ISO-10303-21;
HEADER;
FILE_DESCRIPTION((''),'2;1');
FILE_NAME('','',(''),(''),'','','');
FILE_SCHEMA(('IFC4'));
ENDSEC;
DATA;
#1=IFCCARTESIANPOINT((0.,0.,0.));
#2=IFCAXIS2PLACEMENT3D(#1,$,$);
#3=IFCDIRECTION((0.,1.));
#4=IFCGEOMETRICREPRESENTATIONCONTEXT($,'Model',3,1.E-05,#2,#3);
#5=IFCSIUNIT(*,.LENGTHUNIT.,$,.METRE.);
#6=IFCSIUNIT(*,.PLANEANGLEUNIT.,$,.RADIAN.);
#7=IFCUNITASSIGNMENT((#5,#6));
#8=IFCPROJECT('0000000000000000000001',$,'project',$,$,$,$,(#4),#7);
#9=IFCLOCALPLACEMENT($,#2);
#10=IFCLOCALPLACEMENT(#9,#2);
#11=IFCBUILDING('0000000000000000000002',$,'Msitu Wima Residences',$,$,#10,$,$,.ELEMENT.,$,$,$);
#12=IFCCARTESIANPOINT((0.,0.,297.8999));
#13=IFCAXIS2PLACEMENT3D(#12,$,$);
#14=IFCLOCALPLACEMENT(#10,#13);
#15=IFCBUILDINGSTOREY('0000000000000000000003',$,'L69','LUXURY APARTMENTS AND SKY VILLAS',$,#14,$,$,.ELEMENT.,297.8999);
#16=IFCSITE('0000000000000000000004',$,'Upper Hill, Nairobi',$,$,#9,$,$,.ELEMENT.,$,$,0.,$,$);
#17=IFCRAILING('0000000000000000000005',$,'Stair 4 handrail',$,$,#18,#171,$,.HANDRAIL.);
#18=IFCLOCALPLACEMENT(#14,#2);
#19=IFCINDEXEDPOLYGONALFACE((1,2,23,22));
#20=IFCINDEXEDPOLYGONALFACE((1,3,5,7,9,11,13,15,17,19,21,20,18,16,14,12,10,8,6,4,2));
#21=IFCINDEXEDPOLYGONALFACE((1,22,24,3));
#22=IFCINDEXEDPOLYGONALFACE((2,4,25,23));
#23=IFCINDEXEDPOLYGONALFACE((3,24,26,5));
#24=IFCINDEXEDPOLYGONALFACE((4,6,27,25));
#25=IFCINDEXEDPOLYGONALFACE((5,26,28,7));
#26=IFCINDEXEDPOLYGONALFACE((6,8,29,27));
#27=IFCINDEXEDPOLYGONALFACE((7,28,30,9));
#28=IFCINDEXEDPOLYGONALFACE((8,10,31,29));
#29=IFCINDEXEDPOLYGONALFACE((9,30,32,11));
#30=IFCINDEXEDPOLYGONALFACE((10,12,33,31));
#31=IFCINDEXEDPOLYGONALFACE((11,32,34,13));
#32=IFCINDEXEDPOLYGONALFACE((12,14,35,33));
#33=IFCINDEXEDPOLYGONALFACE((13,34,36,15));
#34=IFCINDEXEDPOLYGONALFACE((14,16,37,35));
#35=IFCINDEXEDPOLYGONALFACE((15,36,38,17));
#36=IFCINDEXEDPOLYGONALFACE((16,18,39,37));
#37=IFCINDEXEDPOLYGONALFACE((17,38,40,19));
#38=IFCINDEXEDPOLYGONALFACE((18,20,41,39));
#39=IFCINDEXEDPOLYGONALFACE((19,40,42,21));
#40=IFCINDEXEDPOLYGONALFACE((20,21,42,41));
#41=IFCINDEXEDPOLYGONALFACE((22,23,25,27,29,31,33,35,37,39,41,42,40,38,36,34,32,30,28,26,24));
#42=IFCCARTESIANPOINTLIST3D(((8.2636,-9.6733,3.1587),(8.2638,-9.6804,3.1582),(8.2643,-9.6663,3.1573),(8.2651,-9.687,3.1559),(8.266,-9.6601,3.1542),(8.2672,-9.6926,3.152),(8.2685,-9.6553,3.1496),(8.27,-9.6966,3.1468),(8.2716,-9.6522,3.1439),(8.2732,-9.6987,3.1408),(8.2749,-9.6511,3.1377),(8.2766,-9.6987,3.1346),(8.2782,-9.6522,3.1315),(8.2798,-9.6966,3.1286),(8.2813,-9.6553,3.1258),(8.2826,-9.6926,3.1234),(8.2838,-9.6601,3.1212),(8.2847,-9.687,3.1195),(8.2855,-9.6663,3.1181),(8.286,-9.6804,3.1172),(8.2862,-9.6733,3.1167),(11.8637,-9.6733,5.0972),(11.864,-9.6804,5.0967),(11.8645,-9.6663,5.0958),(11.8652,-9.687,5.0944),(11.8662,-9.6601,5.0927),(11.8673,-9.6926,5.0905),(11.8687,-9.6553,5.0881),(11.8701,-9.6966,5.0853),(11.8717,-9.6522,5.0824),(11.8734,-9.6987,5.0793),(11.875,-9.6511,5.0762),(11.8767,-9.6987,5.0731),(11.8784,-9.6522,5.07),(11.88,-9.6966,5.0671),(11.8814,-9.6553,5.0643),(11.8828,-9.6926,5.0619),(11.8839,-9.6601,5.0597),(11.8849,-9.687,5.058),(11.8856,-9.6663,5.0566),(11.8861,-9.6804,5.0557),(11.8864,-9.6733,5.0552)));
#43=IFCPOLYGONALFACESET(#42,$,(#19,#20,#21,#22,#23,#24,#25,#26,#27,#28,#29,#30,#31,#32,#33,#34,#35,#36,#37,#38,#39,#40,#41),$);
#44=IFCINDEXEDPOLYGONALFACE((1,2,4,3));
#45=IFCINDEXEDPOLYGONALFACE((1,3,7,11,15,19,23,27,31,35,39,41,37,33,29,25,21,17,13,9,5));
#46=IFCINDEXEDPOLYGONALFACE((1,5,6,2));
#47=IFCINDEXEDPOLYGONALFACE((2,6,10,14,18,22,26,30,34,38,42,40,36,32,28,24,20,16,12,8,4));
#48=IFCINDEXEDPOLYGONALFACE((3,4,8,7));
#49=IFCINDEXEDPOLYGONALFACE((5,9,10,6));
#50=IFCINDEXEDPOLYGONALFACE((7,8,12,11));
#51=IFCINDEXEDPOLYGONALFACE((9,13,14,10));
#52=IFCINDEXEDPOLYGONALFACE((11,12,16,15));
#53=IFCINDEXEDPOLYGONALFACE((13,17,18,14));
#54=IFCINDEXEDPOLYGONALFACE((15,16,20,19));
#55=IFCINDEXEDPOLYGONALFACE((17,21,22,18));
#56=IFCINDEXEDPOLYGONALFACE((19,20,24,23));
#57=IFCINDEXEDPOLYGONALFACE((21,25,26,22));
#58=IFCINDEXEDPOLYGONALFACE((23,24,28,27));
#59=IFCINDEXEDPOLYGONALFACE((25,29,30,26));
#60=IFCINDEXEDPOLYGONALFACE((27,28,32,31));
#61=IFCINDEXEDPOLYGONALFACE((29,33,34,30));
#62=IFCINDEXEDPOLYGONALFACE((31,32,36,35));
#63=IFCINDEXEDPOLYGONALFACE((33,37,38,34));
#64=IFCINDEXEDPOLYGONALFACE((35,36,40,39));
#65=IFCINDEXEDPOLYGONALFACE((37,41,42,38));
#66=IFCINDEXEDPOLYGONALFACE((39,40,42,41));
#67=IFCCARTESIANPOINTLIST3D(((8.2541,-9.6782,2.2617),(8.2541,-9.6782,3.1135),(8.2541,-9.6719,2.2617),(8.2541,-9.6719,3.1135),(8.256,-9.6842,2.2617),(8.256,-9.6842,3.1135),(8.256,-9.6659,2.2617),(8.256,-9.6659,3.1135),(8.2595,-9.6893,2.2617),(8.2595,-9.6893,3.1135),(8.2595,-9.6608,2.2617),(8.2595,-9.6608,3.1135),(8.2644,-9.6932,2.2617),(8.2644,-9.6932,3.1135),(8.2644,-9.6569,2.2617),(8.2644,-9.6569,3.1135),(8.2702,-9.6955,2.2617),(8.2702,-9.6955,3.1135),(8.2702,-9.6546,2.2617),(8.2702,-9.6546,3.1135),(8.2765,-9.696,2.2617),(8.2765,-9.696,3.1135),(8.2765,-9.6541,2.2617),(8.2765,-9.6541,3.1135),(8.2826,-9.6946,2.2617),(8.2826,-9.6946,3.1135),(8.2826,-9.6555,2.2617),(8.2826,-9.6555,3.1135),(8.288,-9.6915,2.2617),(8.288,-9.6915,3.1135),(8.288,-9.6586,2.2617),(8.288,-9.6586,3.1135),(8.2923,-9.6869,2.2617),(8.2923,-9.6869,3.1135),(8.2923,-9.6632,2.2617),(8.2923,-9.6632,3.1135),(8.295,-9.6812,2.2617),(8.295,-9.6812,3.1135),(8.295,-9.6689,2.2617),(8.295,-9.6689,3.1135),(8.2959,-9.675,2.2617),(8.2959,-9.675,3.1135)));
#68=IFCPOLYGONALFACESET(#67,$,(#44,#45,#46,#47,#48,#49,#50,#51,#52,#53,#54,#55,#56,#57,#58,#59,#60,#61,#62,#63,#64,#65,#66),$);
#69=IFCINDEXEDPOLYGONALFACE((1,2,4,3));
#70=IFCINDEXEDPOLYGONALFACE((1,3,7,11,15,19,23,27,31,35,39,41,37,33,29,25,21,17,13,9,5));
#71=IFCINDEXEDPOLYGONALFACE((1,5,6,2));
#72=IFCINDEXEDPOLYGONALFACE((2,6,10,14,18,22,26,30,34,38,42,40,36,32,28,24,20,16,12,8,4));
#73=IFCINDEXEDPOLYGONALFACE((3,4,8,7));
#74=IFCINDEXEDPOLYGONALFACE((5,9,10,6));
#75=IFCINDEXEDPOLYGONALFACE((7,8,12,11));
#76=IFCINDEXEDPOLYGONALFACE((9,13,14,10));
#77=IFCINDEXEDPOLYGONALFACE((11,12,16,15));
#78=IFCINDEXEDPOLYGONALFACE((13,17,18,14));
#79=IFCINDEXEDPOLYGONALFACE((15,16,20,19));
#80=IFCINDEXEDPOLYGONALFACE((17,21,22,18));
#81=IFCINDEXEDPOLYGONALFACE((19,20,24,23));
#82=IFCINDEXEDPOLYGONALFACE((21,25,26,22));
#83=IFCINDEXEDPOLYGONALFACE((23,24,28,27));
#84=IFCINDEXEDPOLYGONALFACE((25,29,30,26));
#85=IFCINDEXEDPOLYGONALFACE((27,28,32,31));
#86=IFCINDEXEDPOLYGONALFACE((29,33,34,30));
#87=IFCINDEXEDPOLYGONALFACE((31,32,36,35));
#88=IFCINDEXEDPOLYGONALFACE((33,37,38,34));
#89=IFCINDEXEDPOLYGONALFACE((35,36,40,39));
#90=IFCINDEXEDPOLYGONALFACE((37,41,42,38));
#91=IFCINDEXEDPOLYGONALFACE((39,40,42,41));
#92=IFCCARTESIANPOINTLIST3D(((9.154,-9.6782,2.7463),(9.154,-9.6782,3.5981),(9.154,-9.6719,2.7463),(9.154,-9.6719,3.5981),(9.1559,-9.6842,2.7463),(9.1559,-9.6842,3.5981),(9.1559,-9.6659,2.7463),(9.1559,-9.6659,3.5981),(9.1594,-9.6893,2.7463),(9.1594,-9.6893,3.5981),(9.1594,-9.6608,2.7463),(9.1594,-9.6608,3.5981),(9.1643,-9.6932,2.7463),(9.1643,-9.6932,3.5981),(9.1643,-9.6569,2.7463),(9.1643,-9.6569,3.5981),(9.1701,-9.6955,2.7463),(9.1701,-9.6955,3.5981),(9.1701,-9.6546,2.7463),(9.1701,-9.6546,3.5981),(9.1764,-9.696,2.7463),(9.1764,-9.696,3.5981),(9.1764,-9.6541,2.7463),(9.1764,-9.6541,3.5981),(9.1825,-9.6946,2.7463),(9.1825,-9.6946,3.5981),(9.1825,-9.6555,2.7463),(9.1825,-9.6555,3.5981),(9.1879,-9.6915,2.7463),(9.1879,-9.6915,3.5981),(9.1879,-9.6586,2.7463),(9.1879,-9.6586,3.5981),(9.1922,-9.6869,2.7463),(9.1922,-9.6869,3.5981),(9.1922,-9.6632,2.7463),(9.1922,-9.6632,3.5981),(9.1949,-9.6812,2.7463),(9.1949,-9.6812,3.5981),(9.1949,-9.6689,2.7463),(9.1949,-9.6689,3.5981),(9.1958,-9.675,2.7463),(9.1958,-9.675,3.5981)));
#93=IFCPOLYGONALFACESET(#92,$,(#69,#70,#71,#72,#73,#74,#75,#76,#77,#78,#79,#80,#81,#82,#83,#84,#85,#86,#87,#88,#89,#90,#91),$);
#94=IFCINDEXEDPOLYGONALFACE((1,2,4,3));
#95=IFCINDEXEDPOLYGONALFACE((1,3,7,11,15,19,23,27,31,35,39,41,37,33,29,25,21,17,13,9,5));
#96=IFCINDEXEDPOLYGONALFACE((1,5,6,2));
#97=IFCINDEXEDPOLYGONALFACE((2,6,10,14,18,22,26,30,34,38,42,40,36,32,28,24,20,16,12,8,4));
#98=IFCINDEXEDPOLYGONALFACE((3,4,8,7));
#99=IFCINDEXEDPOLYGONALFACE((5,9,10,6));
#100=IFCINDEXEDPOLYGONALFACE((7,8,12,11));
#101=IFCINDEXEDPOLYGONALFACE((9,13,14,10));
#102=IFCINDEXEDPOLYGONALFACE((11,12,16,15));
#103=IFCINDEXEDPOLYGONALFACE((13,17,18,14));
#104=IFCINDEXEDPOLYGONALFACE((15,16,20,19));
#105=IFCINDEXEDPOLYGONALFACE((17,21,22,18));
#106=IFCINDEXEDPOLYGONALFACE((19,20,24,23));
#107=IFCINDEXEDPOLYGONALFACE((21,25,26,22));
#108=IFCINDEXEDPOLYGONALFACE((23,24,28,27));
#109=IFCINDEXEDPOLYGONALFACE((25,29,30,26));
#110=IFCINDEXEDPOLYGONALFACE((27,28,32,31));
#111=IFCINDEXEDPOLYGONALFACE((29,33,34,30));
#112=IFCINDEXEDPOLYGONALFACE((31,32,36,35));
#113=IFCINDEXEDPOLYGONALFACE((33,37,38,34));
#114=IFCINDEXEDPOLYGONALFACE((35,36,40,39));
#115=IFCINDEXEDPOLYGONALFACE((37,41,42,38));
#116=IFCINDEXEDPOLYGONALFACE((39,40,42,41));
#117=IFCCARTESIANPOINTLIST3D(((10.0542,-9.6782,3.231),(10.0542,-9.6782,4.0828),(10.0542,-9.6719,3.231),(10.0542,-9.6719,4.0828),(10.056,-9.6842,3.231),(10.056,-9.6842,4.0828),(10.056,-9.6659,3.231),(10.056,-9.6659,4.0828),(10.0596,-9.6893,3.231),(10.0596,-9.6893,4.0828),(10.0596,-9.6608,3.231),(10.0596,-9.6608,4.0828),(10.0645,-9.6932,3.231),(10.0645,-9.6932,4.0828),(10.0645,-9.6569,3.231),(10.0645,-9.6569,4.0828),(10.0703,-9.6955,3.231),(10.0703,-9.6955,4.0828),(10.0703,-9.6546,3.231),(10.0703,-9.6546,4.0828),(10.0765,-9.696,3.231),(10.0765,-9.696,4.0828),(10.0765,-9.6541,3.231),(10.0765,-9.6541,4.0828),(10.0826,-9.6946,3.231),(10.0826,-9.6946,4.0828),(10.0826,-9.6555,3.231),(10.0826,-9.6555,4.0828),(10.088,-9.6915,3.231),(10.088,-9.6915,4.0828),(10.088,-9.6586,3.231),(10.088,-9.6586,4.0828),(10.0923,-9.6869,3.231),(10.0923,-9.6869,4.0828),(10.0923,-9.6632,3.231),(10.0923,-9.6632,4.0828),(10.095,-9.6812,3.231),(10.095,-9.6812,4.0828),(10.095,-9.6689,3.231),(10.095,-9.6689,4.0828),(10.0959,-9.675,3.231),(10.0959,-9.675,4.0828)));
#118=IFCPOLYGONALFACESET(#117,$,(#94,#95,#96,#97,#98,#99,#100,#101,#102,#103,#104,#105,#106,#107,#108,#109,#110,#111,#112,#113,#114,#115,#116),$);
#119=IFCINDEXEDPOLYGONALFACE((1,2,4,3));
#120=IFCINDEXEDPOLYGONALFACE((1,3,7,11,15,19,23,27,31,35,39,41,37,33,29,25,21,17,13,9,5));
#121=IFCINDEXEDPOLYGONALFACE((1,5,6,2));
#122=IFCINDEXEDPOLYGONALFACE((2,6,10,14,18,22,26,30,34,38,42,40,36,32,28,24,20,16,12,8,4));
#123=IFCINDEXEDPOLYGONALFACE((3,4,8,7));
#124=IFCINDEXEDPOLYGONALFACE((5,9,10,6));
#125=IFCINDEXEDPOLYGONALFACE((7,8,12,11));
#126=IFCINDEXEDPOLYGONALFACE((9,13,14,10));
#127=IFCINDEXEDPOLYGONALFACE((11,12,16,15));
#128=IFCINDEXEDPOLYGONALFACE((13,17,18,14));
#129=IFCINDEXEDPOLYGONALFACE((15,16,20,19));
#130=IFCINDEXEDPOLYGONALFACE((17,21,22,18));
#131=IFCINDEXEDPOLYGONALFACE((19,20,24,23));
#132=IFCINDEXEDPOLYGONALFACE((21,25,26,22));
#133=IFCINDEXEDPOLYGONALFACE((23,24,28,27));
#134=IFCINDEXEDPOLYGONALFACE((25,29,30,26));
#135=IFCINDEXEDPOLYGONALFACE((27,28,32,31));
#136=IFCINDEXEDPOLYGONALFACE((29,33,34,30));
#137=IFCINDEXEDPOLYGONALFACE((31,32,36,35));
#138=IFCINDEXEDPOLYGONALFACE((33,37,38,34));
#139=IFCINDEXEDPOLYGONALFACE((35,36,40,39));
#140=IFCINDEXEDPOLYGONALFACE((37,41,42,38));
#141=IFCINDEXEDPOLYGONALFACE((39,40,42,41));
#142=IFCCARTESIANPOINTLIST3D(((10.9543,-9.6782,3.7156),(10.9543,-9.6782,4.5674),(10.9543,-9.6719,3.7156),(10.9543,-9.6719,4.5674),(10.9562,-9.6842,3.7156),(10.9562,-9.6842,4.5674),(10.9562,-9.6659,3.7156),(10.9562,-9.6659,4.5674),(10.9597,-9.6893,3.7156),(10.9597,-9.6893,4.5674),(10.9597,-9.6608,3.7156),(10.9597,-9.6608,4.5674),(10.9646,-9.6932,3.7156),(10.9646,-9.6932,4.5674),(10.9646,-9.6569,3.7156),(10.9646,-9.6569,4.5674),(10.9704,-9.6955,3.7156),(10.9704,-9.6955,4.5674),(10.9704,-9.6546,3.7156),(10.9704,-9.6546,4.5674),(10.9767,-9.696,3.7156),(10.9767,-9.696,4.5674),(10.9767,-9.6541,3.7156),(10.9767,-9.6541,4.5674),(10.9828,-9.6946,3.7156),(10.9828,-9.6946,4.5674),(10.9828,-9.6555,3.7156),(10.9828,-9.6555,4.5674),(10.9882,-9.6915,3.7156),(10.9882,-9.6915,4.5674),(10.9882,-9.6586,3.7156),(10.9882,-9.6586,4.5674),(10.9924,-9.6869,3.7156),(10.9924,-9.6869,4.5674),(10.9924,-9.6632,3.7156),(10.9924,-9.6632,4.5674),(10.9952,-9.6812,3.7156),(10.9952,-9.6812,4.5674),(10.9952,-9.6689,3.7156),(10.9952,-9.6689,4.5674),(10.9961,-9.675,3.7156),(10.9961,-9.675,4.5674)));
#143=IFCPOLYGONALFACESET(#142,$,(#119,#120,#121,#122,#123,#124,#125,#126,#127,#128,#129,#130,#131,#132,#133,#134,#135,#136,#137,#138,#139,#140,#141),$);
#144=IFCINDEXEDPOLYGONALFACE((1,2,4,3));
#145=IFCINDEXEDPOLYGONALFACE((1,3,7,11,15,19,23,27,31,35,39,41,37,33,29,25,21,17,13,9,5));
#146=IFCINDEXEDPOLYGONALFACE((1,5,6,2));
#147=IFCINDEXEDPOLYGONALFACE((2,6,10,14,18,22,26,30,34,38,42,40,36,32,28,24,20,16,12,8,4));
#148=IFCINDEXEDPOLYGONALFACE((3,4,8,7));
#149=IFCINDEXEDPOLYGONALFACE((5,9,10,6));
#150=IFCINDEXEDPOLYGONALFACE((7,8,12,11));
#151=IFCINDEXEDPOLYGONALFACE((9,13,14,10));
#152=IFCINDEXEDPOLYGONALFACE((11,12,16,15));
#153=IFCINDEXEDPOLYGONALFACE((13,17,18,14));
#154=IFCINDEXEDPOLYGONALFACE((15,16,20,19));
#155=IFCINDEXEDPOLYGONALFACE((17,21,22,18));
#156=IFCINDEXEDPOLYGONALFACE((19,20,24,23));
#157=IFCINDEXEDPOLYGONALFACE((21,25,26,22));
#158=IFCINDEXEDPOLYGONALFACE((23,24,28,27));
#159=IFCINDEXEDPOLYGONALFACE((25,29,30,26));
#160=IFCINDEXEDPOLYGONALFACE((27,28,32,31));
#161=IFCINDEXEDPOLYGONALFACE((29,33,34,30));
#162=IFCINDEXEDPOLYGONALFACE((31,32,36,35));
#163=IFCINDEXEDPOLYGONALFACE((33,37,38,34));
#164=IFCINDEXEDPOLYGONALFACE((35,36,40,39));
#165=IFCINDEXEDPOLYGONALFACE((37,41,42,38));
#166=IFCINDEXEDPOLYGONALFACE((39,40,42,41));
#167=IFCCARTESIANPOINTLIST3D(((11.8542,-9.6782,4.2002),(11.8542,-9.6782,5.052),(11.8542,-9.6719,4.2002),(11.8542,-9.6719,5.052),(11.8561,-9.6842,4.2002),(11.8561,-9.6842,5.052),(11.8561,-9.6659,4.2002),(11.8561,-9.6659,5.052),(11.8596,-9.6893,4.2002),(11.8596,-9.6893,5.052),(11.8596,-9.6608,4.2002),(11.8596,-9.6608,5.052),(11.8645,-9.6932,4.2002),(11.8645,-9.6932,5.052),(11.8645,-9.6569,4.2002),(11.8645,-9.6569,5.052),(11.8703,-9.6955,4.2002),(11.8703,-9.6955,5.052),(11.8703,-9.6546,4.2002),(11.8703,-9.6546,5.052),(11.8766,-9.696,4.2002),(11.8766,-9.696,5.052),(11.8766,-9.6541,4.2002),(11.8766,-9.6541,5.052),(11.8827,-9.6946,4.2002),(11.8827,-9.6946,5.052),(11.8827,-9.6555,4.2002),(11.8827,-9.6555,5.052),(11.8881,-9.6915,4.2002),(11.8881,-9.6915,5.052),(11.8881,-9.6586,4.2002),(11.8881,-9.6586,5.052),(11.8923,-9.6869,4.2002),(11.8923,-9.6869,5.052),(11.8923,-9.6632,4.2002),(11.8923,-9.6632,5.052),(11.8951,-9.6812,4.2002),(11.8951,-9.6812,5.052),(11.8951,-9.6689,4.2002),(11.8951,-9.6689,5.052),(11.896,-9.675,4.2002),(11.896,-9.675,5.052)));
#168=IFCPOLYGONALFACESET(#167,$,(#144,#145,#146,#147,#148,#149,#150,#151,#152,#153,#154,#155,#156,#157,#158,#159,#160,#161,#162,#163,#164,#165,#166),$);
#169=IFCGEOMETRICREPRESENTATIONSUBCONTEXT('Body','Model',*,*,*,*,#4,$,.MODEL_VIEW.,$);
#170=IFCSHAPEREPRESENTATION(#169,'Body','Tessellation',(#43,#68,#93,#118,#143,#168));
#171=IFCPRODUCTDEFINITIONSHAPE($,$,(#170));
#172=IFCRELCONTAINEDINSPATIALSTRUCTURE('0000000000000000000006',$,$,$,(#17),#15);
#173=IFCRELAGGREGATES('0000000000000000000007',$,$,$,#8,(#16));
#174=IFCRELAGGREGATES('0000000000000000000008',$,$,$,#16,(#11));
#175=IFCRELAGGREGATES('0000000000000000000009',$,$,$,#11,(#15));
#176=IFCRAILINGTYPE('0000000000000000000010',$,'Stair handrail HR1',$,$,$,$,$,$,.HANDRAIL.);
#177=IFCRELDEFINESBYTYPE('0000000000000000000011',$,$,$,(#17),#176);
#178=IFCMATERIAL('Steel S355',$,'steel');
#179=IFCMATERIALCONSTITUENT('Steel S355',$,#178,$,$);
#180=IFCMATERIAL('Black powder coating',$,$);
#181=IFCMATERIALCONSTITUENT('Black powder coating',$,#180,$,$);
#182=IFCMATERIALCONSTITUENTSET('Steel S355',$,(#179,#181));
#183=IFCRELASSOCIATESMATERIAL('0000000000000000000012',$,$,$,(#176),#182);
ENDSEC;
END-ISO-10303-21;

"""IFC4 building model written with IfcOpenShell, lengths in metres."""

from ifc_helpers import new_model, si_unit, direction, frame, origin, origin_2d, place, context, subcontext, project, spatial, circle, extrude, material, constituent, constituent_set, type_object, element, save


model = new_model("IFC4")

# Units and contexts
model_context = context("Model", 3, precision=1e-05, world=origin(), true_north=direction((0.0, 1.0)))
body_context = subcontext(model_context, "Body", "Model", "MODEL_VIEW")
ifc_project = project(units=[si_unit("LENGTHUNIT", "METRE"), si_unit("PLANEANGLEUNIT", "RADIAN")], contexts=[model_context])

# Site, building, storey
site_placement = place(None, origin())
site = spatial("IfcSite", under=ifc_project, at=site_placement, Name="Upper Hill, Nairobi", CompositionType="ELEMENT", RefElevation=0.0)
building_placement = place(site_placement, origin())
building = spatial("IfcBuilding", under=site, at=building_placement, Name="Msitu Wima Residences", CompositionType="ELEMENT")
storey_placement = place(building_placement, frame((0.0, 0.0, 297.8999)))
storey = spatial("IfcBuildingStorey", under=building, at=storey_placement, Name="L69", Description="LUXURY APARTMENTS AND SKY VILLAS", CompositionType="ELEMENT", Elevation=297.8999)

# Railing
ifc_material_1 = material(Name="Steel S355", Category="steel")
ifc_constituent_1 = constituent(ifc_material_1, Name="Steel S355")
ifc_material_2 = material(Name="Black powder coating")
ifc_constituent_2 = constituent(ifc_material_2, Name="Black powder coating")
ifc_constituent_set = constituent_set(constituents=[ifc_constituent_1, ifc_constituent_2], Name="Steel S355")
railing_type = type_object("IfcRailingType", Name="Stair handrail HR1", PredefinedType="HANDRAIL", material=ifc_constituent_set)
for number, where, name in (
    (1, (8.2749, -9.675, 2.2617), "Stair 4 handrail"),
):
    element("IfcRailing", number, at=place(storey_placement, frame(where)), inside=storey, type_object=railing_type, Name=name, PredefinedType="HANDRAIL", context=body_context, shape_type="SweptSolid", body=[
        extrude(circle(Radius=0.0239, at=origin_2d()), frame((0.0, 0.0, 0.876), z_axis=(0.880475, 0.0, 0.474093), x_axis=(0.0, 1.0, 0.0)), (0.0, 0.0, 1.0), 4.0889),
        extrude(circle(Radius=0.021, at=origin_2d()), origin(), (0.0, 0.0, 1.0), 0.8518),
        extrude(circle(Radius=0.021, at=origin_2d()), frame((0.8999, 0.0, 0.4846)), (0.0, 0.0, 1.0), 0.8518),
        extrude(circle(Radius=0.021, at=origin_2d()), frame((1.8, 0.0, 0.9692)), (0.0, 0.0, 1.0), 0.8518),
        extrude(circle(Radius=0.021, at=origin_2d()), frame((2.7002, 0.0, 1.4539)), (0.0, 0.0, 1.0), 0.8518),
        extrude(circle(Radius=0.021, at=origin_2d()), frame((3.6001, 0.0, 1.9385)), (0.0, 0.0, 1.0), 0.8518),
    ])

save(model, "model.ifc")
